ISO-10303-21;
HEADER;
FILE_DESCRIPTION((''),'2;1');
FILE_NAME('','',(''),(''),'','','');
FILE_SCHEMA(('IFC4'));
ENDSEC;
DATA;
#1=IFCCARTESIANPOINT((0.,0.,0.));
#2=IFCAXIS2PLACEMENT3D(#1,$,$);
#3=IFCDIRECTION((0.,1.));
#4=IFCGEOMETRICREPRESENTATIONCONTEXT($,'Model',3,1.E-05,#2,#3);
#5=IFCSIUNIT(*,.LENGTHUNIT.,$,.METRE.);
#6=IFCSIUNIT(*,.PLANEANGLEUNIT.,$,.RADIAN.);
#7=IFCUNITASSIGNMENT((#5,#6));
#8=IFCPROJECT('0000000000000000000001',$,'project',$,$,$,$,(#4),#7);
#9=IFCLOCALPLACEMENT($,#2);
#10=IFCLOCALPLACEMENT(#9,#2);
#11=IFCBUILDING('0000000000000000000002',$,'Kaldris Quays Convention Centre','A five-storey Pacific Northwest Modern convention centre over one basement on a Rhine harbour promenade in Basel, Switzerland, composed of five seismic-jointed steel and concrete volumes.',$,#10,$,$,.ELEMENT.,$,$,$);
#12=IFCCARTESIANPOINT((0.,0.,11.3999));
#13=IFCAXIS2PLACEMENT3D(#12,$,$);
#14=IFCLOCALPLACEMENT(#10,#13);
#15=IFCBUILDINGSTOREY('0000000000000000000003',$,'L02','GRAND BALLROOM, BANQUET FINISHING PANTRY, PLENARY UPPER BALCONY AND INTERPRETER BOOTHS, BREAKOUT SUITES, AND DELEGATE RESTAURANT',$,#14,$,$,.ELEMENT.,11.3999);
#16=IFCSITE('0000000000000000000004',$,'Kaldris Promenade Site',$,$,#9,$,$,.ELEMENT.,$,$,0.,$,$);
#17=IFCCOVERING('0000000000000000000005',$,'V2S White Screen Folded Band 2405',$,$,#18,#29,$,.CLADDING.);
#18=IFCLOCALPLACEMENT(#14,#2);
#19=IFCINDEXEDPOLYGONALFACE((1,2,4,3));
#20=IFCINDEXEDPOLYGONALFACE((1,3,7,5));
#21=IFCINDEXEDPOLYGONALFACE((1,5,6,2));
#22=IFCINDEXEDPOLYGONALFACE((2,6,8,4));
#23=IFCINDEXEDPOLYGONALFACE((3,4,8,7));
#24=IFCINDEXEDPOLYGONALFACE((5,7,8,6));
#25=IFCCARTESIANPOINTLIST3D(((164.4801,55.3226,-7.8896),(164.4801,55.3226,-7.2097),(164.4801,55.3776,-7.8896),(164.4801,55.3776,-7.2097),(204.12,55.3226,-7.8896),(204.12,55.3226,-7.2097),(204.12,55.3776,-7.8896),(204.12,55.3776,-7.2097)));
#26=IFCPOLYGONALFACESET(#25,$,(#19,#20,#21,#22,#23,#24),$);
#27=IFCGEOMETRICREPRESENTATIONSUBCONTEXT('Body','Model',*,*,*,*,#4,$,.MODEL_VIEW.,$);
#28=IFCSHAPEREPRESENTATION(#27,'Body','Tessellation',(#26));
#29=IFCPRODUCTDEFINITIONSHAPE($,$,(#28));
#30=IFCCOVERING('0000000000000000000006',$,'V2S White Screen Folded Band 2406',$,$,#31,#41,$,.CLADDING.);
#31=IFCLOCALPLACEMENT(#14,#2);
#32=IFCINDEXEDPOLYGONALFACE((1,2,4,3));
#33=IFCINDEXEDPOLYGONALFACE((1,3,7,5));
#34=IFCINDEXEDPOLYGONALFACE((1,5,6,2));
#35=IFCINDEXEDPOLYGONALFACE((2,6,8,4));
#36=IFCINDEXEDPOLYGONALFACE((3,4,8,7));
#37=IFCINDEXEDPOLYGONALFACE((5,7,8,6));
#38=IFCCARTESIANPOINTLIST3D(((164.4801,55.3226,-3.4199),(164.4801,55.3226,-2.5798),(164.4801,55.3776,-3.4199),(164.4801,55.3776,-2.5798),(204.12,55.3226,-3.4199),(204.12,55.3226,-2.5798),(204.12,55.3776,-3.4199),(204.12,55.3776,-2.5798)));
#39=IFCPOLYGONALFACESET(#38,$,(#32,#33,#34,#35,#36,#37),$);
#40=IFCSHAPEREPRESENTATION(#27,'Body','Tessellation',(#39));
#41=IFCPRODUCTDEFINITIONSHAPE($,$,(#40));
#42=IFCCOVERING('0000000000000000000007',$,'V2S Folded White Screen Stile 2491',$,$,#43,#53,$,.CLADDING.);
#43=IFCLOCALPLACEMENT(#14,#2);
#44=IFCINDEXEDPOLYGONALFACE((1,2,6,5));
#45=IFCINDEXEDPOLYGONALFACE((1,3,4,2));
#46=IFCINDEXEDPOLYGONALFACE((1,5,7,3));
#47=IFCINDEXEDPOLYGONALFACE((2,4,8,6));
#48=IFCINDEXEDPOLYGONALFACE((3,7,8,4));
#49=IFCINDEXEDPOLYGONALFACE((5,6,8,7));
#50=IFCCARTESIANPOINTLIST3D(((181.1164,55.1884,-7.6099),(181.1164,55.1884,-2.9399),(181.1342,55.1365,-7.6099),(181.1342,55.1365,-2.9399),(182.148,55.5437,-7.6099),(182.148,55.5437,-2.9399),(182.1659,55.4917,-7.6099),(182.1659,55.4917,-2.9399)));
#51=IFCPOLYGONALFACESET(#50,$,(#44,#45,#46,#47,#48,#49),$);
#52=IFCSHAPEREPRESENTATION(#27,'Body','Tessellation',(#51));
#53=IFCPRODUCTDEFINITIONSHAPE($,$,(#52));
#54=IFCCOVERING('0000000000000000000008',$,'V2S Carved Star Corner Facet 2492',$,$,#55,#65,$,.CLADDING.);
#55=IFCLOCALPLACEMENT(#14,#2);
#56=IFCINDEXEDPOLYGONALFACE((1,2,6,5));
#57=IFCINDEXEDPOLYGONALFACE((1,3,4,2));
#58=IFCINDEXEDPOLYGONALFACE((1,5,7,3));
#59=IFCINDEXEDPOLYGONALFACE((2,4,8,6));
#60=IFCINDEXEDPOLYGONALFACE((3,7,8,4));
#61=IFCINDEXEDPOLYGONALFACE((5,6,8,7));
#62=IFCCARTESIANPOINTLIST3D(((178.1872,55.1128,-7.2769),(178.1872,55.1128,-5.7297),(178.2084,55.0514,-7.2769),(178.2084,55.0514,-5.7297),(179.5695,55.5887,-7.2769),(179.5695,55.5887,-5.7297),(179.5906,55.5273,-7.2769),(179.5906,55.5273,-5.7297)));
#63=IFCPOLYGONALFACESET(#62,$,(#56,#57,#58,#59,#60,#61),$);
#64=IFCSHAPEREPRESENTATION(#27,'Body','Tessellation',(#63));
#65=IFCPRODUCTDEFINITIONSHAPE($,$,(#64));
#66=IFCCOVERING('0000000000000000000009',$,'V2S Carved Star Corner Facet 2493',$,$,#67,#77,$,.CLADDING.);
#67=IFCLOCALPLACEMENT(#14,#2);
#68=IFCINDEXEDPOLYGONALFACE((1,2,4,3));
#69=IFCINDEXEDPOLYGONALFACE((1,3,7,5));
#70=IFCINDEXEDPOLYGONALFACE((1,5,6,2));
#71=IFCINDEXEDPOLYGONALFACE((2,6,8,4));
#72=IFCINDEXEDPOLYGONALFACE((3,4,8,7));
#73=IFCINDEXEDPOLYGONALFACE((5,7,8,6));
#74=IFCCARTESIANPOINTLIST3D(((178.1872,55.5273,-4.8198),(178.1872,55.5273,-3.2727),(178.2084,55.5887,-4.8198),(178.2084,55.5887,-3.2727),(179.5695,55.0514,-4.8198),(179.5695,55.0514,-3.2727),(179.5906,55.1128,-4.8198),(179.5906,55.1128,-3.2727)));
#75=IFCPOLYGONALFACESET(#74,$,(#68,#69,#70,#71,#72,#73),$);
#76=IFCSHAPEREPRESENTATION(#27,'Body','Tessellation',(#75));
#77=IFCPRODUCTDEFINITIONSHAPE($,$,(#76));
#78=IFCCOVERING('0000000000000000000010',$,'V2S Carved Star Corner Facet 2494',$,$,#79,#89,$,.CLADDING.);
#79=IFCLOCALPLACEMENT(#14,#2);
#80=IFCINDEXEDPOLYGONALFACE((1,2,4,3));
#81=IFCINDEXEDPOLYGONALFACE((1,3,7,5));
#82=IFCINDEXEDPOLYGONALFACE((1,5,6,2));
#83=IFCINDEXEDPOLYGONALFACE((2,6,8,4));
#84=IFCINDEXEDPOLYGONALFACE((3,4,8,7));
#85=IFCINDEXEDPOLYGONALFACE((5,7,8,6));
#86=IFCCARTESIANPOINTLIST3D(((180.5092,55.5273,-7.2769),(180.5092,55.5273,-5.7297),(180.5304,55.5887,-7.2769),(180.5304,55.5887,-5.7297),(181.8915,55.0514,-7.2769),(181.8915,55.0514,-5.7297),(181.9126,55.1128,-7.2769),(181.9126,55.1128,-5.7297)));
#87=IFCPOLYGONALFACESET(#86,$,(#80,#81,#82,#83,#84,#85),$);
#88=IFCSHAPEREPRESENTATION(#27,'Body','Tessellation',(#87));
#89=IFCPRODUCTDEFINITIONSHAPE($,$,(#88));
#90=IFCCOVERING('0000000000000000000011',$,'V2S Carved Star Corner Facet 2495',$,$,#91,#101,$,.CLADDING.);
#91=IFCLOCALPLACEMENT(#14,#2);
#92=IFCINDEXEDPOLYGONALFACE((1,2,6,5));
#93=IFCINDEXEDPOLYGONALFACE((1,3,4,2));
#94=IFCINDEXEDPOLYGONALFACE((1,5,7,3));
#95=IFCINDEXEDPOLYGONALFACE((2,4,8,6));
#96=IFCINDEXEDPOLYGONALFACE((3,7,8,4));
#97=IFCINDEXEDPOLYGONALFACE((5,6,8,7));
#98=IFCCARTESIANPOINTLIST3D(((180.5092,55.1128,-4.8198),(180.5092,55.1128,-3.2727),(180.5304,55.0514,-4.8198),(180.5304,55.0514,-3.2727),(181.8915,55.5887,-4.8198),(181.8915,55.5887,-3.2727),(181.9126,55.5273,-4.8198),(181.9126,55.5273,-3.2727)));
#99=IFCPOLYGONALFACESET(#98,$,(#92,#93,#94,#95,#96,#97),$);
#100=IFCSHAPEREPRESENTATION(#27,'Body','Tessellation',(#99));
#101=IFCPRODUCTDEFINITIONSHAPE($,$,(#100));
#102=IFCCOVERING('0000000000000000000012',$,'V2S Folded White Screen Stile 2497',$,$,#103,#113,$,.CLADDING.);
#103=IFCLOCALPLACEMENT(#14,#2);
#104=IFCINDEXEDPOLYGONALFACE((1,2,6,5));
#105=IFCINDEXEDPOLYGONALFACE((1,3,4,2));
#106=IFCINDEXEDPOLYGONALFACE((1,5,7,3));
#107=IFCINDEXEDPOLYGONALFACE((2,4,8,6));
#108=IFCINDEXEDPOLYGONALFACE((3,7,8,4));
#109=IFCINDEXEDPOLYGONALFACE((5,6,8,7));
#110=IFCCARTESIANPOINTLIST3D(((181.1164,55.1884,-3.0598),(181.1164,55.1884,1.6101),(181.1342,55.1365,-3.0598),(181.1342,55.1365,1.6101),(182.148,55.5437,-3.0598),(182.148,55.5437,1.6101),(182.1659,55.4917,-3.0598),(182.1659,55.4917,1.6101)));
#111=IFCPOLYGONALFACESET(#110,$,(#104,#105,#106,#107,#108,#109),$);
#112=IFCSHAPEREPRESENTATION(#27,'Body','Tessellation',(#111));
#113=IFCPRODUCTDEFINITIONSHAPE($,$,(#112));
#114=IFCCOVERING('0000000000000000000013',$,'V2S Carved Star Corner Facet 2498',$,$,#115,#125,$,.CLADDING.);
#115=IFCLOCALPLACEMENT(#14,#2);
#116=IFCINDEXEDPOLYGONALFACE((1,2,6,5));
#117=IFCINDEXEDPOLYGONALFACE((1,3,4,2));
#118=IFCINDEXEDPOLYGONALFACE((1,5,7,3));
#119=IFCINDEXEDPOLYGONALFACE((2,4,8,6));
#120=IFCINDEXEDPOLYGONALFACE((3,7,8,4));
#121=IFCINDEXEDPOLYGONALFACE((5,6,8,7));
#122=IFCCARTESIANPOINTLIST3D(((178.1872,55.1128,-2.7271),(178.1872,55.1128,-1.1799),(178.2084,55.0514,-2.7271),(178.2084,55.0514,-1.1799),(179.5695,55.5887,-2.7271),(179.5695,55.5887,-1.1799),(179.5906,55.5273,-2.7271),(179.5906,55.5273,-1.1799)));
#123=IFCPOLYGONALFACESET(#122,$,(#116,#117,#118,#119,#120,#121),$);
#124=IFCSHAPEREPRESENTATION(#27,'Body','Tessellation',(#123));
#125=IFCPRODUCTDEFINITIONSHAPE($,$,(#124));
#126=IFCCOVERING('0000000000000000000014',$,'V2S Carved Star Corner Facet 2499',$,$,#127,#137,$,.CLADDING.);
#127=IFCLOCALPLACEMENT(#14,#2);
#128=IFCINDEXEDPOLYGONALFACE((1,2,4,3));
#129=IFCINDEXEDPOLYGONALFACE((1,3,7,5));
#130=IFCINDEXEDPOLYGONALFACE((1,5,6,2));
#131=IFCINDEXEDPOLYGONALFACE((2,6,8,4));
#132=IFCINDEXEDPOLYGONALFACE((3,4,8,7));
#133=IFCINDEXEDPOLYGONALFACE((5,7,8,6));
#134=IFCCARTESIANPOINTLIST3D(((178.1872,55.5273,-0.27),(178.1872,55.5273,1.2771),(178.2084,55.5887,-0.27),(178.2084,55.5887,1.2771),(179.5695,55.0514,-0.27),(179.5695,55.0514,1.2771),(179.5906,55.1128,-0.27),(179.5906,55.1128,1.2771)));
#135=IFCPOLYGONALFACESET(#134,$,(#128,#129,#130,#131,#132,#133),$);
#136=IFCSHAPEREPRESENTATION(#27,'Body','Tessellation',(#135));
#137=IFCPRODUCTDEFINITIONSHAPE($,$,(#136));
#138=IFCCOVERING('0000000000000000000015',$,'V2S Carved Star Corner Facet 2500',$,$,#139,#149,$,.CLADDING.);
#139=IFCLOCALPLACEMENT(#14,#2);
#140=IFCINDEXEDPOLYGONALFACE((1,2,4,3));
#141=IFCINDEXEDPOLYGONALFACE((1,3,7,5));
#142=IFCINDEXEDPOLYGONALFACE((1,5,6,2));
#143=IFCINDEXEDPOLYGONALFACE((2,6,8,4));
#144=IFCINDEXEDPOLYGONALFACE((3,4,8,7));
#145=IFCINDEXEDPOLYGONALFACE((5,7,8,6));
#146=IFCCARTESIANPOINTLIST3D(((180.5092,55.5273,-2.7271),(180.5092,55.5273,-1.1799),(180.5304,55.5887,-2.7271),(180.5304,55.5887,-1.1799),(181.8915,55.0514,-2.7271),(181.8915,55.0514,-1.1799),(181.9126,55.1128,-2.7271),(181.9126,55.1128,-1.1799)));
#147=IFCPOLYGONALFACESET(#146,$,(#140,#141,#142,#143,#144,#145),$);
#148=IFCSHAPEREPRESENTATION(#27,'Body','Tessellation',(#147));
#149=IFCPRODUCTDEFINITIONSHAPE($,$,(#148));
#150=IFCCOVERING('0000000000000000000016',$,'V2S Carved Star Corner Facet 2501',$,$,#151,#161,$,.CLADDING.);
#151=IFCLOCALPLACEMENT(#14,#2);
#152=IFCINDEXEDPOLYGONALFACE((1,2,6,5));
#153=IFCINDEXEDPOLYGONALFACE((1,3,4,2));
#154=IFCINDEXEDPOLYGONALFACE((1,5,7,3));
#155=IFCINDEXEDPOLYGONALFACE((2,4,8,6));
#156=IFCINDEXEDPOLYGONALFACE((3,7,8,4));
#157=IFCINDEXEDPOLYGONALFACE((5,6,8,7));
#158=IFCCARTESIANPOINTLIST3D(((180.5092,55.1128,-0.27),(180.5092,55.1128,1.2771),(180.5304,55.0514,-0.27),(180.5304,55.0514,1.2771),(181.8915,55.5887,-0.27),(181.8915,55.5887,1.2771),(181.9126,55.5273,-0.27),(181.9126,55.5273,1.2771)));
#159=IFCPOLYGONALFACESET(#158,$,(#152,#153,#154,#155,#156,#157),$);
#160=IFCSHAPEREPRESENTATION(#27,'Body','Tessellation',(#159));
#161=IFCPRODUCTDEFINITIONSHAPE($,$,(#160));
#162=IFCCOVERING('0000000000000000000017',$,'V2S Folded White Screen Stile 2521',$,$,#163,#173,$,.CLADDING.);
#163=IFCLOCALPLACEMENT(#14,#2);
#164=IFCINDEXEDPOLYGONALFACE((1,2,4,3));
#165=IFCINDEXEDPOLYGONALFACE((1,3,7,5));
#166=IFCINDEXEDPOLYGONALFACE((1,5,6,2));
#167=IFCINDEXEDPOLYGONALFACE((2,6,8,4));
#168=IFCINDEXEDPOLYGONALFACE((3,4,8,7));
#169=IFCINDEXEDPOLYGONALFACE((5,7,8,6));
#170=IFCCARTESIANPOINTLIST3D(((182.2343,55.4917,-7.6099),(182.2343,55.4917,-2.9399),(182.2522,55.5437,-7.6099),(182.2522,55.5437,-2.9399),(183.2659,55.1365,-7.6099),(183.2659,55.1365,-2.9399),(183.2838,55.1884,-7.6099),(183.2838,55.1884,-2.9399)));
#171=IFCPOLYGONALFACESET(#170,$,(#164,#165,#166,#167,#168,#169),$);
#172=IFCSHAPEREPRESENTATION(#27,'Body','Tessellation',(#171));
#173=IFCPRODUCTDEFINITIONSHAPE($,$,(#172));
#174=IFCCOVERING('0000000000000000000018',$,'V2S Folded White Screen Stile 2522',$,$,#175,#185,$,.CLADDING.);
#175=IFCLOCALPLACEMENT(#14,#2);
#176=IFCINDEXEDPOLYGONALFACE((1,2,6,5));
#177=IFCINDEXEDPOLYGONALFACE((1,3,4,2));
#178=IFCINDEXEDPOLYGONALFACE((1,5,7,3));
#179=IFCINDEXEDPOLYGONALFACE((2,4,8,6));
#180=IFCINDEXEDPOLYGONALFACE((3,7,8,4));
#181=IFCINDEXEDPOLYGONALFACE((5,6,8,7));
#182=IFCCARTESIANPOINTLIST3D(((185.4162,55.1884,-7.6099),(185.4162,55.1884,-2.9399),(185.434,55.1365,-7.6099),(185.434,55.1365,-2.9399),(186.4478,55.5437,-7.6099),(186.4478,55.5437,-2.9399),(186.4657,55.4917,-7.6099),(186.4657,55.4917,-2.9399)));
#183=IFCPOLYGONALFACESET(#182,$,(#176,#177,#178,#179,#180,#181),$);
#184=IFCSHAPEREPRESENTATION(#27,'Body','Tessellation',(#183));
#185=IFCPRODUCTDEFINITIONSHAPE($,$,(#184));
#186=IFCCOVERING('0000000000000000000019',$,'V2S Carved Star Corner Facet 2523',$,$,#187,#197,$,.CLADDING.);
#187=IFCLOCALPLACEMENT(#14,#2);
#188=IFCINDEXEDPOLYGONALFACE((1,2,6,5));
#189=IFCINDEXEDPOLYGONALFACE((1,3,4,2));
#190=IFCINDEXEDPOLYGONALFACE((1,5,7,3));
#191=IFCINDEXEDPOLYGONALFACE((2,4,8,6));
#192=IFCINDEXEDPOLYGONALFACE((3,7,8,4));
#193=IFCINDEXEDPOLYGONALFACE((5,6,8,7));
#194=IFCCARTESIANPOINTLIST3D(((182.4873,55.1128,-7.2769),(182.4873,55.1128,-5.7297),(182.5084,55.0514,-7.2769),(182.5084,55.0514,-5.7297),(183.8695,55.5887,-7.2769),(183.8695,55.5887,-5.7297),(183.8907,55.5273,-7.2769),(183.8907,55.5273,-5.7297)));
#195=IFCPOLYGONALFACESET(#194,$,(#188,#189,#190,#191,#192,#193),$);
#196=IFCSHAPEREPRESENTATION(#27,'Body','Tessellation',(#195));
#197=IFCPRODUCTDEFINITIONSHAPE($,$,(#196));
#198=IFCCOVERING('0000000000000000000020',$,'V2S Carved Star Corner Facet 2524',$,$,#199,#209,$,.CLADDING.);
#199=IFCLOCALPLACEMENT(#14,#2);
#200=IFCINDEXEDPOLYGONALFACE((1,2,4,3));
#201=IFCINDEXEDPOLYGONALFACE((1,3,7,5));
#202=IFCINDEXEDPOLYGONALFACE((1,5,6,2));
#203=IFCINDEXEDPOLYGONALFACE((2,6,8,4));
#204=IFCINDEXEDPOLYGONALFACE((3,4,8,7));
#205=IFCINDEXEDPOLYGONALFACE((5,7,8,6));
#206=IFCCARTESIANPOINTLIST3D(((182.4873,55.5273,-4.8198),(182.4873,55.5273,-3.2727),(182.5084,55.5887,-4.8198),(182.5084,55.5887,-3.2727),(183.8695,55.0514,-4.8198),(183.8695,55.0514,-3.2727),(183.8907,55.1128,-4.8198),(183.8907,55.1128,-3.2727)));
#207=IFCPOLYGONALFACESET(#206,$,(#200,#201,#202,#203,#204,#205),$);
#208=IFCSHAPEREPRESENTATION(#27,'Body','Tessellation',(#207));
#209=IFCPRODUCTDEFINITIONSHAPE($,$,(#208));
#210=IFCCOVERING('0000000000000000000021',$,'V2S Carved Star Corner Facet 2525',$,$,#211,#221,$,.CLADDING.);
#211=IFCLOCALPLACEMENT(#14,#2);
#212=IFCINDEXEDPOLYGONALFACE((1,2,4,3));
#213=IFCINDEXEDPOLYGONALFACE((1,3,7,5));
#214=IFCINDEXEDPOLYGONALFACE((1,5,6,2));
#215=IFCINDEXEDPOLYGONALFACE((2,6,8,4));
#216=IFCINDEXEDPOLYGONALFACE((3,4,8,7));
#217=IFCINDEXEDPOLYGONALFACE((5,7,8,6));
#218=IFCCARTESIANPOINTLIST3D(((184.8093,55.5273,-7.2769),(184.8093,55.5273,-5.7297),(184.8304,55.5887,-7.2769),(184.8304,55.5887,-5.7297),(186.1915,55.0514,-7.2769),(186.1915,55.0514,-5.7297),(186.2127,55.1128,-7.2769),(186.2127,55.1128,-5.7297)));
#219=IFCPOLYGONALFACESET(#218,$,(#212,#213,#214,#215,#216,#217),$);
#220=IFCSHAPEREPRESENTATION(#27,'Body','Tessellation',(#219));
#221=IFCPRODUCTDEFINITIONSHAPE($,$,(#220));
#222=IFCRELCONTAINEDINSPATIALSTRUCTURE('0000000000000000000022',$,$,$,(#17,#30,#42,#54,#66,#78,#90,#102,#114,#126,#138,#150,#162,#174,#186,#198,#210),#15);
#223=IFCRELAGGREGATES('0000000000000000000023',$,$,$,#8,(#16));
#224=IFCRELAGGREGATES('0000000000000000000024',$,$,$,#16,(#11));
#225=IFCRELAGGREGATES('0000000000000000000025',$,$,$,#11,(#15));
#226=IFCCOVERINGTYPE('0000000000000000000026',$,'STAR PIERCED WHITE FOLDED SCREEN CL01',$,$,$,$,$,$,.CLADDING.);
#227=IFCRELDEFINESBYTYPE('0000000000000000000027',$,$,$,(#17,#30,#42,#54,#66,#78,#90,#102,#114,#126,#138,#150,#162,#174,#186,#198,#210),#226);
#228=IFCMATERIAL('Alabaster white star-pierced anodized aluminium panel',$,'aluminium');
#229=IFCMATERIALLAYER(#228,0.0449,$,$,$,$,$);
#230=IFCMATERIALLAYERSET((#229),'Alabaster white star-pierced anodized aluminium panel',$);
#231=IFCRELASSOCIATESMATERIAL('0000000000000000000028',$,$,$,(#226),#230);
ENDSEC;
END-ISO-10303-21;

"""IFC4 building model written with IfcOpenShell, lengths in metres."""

from ifc_helpers import new_model, si_unit, direction, frame, origin, origin_2d, place, context, subcontext, project, spatial, rectangle, extrude, material, layer, layer_set, type_object, element, save


model = new_model("IFC4")

# Units and contexts
model_context = context("Model", 3, precision=1e-05, world=origin(), true_north=direction((0.0, 1.0)))
body_context = subcontext(model_context, "Body", "Model", "MODEL_VIEW")
ifc_project = project(units=[si_unit("LENGTHUNIT", "METRE"), si_unit("PLANEANGLEUNIT", "RADIAN")], contexts=[model_context])

# Site, building, storey
site_placement = place(None, origin())
site = spatial("IfcSite", under=ifc_project, at=site_placement, Name="Kaldris Promenade Site", CompositionType="ELEMENT", RefElevation=0.0)
building_placement = place(site_placement, origin())
building = spatial("IfcBuilding", under=site, at=building_placement, Name="Kaldris Quays Convention Centre", Description="A five-storey Pacific Northwest Modern convention centre over one basement on a Rhine harbour promenade in Basel, Switzerland, composed of five seismic-jointed steel and concrete volumes.", CompositionType="ELEMENT")
storey_placement = place(building_placement, frame((0.0, 0.0, 11.3999)))
storey = spatial("IfcBuildingStorey", under=building, at=storey_placement, Name="L02", Description="GRAND BALLROOM, BANQUET FINISHING PANTRY, PLENARY UPPER BALCONY AND INTERPRETER BOOTHS, BREAKOUT SUITES, AND DELEGATE RESTAURANT", CompositionType="ELEMENT", Elevation=11.3999)

# Coverings
ifc_material_1 = material(Name="Alabaster white star-pierced anodized aluminium panel", Category="aluminium")
ifc_layer = layer(ifc_material_1, 0.0449)
ifc_layer_set = layer_set([ifc_layer], Name="Alabaster white star-pierced anodized aluminium panel")
covering_type = type_object("IfcCoveringType", Name="STAR PIERCED WHITE FOLDED SCREEN CL01", PredefinedType="CLADDING", material=ifc_layer_set)
covering_1_placement = place(storey_placement, frame((184.3, 55.3501, -7.8896), z_axis=(0.0, 0.0, 1.0), x_axis=(1.0, 0.0, 0.0)))
element("IfcCovering", 1, at=covering_1_placement, inside=storey, type_object=covering_type, Name="V2S White Screen Folded Band 2405", PredefinedType="CLADDING", context=body_context, shape_type="SweptSolid", body=[
    extrude(rectangle(XDim=39.6399, YDim=0.0549, at=origin_2d()), origin(), (0.0, 0.0, 1.0), 0.6799),
])
covering_2_placement = place(storey_placement, frame((184.3, 55.3501, -3.4199), z_axis=(0.0, 0.0, 1.0), x_axis=(1.0, 0.0, 0.0)))
element("IfcCovering", 2, at=covering_2_placement, inside=storey, type_object=covering_type, Name="V2S White Screen Folded Band 2406", PredefinedType="CLADDING", context=body_context, shape_type="SweptSolid", body=[
    extrude(rectangle(XDim=39.6399, YDim=0.0549, at=origin_2d()), origin(), (0.0, 0.0, 1.0), 0.8401),
])
covering_3_placement = place(storey_placement, frame((181.6411, 55.3401, -7.6099), z_axis=(0.0, 0.0, 1.0), x_axis=(0.945519, 0.325568, 0.0)))
element("IfcCovering", 3, at=covering_3_placement, inside=storey, type_object=covering_type, Name="V2S Folded White Screen Stile 2491", PredefinedType="CLADDING", context=body_context, shape_type="SweptSolid", body=[
    extrude(rectangle(XDim=1.0911, YDim=0.0549, at=origin_2d()), origin(), (0.0, 0.0, 1.0), 4.6699),
])
for number, where, z_axis, x_axis, name in (
    (4, (178.8889, 55.3201, -7.2769), (0.0, 0.0, 1.0), (0.945519, 0.325568, 0.0), "V2S Carved Star Corner Facet 2492"),
    (5, (178.8889, 55.3201, -4.8198), (0.0, 0.0, 1.0), (0.945519, -0.325568, 0.0), "V2S Carved Star Corner Facet 2493"),
    (6, (181.2109, 55.3201, -7.2769), (0.0, 0.0, 1.0), (0.945519, -0.325568, 0.0), "V2S Carved Star Corner Facet 2494"),
    (7, (181.2109, 55.3201, -4.8198), (0.0, 0.0, 1.0), (0.945519, 0.325568, 0.0), "V2S Carved Star Corner Facet 2495"),
):
    element("IfcCovering", number, at=place(storey_placement, frame(where, z_axis=z_axis, x_axis=x_axis)), inside=storey, type_object=covering_type, Name=name, PredefinedType="CLADDING", context=body_context, shape_type="SweptSolid", body=[
        extrude(rectangle(XDim=1.4619, YDim=0.0649, at=origin_2d()), origin(), (0.0, 0.0, 1.0), 1.5471),
    ])
covering_4_placement = place(storey_placement, frame((181.6411, 55.3401, -3.0598), z_axis=(0.0, 0.0, 1.0), x_axis=(0.945519, 0.325568, 0.0)))
element("IfcCovering", 8, at=covering_4_placement, inside=storey, type_object=covering_type, Name="V2S Folded White Screen Stile 2497", PredefinedType="CLADDING", context=body_context, shape_type="SweptSolid", body=[
    extrude(rectangle(XDim=1.0911, YDim=0.0549, at=origin_2d()), origin(), (0.0, 0.0, 1.0), 4.6699),
])
for number, where, z_axis, x_axis, name in (
    (9, (178.8889, 55.3201, -2.7271), (0.0, 0.0, 1.0), (0.945519, 0.325568, 0.0), "V2S Carved Star Corner Facet 2498"),
    (10, (178.8889, 55.3201, -0.27), (0.0, 0.0, 1.0), (0.945519, -0.325568, 0.0), "V2S Carved Star Corner Facet 2499"),
    (11, (181.2109, 55.3201, -2.7271), (0.0, 0.0, 1.0), (0.945519, -0.325568, 0.0), "V2S Carved Star Corner Facet 2500"),
    (12, (181.2109, 55.3201, -0.27), (0.0, 0.0, 1.0), (0.945519, 0.325568, 0.0), "V2S Carved Star Corner Facet 2501"),
):
    element("IfcCovering", number, at=place(storey_placement, frame(where, z_axis=z_axis, x_axis=x_axis)), inside=storey, type_object=covering_type, Name=name, PredefinedType="CLADDING", context=body_context, shape_type="SweptSolid", body=[
        extrude(rectangle(XDim=1.4619, YDim=0.0649, at=origin_2d()), origin(), (0.0, 0.0, 1.0), 1.5471),
    ])
for number, where, z_axis, x_axis, name in (
    (13, (182.759, 55.3401, -7.6099), (0.0, 0.0, 1.0), (0.945519, -0.325568, 0.0), "V2S Folded White Screen Stile 2521"),
    (14, (185.9409, 55.3401, -7.6099), (0.0, 0.0, 1.0), (0.945519, 0.325568, 0.0), "V2S Folded White Screen Stile 2522"),
):
    element("IfcCovering", number, at=place(storey_placement, frame(where, z_axis=z_axis, x_axis=x_axis)), inside=storey, type_object=covering_type, Name=name, PredefinedType="CLADDING", context=body_context, shape_type="SweptSolid", body=[
        extrude(rectangle(XDim=1.0911, YDim=0.0549, at=origin_2d()), origin(), (0.0, 0.0, 1.0), 4.6699),
    ])
for number, where, z_axis, x_axis, name in (
    (15, (183.189, 55.3201, -7.2769), (0.0, 0.0, 1.0), (0.945519, 0.325568, 0.0), "V2S Carved Star Corner Facet 2523"),
    (16, (183.189, 55.3201, -4.8198), (0.0, 0.0, 1.0), (0.945519, -0.325568, 0.0), "V2S Carved Star Corner Facet 2524"),
    (17, (185.511, 55.3201, -7.2769), (0.0, 0.0, 1.0), (0.945519, -0.325568, 0.0), "V2S Carved Star Corner Facet 2525"),
):
    element("IfcCovering", number, at=place(storey_placement, frame(where, z_axis=z_axis, x_axis=x_axis)), inside=storey, type_object=covering_type, Name=name, PredefinedType="CLADDING", context=body_context, shape_type="SweptSolid", body=[
        extrude(rectangle(XDim=1.4619, YDim=0.0649, at=origin_2d()), origin(), (0.0, 0.0, 1.0), 1.5471),
    ])

save(model, "model.ifc")
